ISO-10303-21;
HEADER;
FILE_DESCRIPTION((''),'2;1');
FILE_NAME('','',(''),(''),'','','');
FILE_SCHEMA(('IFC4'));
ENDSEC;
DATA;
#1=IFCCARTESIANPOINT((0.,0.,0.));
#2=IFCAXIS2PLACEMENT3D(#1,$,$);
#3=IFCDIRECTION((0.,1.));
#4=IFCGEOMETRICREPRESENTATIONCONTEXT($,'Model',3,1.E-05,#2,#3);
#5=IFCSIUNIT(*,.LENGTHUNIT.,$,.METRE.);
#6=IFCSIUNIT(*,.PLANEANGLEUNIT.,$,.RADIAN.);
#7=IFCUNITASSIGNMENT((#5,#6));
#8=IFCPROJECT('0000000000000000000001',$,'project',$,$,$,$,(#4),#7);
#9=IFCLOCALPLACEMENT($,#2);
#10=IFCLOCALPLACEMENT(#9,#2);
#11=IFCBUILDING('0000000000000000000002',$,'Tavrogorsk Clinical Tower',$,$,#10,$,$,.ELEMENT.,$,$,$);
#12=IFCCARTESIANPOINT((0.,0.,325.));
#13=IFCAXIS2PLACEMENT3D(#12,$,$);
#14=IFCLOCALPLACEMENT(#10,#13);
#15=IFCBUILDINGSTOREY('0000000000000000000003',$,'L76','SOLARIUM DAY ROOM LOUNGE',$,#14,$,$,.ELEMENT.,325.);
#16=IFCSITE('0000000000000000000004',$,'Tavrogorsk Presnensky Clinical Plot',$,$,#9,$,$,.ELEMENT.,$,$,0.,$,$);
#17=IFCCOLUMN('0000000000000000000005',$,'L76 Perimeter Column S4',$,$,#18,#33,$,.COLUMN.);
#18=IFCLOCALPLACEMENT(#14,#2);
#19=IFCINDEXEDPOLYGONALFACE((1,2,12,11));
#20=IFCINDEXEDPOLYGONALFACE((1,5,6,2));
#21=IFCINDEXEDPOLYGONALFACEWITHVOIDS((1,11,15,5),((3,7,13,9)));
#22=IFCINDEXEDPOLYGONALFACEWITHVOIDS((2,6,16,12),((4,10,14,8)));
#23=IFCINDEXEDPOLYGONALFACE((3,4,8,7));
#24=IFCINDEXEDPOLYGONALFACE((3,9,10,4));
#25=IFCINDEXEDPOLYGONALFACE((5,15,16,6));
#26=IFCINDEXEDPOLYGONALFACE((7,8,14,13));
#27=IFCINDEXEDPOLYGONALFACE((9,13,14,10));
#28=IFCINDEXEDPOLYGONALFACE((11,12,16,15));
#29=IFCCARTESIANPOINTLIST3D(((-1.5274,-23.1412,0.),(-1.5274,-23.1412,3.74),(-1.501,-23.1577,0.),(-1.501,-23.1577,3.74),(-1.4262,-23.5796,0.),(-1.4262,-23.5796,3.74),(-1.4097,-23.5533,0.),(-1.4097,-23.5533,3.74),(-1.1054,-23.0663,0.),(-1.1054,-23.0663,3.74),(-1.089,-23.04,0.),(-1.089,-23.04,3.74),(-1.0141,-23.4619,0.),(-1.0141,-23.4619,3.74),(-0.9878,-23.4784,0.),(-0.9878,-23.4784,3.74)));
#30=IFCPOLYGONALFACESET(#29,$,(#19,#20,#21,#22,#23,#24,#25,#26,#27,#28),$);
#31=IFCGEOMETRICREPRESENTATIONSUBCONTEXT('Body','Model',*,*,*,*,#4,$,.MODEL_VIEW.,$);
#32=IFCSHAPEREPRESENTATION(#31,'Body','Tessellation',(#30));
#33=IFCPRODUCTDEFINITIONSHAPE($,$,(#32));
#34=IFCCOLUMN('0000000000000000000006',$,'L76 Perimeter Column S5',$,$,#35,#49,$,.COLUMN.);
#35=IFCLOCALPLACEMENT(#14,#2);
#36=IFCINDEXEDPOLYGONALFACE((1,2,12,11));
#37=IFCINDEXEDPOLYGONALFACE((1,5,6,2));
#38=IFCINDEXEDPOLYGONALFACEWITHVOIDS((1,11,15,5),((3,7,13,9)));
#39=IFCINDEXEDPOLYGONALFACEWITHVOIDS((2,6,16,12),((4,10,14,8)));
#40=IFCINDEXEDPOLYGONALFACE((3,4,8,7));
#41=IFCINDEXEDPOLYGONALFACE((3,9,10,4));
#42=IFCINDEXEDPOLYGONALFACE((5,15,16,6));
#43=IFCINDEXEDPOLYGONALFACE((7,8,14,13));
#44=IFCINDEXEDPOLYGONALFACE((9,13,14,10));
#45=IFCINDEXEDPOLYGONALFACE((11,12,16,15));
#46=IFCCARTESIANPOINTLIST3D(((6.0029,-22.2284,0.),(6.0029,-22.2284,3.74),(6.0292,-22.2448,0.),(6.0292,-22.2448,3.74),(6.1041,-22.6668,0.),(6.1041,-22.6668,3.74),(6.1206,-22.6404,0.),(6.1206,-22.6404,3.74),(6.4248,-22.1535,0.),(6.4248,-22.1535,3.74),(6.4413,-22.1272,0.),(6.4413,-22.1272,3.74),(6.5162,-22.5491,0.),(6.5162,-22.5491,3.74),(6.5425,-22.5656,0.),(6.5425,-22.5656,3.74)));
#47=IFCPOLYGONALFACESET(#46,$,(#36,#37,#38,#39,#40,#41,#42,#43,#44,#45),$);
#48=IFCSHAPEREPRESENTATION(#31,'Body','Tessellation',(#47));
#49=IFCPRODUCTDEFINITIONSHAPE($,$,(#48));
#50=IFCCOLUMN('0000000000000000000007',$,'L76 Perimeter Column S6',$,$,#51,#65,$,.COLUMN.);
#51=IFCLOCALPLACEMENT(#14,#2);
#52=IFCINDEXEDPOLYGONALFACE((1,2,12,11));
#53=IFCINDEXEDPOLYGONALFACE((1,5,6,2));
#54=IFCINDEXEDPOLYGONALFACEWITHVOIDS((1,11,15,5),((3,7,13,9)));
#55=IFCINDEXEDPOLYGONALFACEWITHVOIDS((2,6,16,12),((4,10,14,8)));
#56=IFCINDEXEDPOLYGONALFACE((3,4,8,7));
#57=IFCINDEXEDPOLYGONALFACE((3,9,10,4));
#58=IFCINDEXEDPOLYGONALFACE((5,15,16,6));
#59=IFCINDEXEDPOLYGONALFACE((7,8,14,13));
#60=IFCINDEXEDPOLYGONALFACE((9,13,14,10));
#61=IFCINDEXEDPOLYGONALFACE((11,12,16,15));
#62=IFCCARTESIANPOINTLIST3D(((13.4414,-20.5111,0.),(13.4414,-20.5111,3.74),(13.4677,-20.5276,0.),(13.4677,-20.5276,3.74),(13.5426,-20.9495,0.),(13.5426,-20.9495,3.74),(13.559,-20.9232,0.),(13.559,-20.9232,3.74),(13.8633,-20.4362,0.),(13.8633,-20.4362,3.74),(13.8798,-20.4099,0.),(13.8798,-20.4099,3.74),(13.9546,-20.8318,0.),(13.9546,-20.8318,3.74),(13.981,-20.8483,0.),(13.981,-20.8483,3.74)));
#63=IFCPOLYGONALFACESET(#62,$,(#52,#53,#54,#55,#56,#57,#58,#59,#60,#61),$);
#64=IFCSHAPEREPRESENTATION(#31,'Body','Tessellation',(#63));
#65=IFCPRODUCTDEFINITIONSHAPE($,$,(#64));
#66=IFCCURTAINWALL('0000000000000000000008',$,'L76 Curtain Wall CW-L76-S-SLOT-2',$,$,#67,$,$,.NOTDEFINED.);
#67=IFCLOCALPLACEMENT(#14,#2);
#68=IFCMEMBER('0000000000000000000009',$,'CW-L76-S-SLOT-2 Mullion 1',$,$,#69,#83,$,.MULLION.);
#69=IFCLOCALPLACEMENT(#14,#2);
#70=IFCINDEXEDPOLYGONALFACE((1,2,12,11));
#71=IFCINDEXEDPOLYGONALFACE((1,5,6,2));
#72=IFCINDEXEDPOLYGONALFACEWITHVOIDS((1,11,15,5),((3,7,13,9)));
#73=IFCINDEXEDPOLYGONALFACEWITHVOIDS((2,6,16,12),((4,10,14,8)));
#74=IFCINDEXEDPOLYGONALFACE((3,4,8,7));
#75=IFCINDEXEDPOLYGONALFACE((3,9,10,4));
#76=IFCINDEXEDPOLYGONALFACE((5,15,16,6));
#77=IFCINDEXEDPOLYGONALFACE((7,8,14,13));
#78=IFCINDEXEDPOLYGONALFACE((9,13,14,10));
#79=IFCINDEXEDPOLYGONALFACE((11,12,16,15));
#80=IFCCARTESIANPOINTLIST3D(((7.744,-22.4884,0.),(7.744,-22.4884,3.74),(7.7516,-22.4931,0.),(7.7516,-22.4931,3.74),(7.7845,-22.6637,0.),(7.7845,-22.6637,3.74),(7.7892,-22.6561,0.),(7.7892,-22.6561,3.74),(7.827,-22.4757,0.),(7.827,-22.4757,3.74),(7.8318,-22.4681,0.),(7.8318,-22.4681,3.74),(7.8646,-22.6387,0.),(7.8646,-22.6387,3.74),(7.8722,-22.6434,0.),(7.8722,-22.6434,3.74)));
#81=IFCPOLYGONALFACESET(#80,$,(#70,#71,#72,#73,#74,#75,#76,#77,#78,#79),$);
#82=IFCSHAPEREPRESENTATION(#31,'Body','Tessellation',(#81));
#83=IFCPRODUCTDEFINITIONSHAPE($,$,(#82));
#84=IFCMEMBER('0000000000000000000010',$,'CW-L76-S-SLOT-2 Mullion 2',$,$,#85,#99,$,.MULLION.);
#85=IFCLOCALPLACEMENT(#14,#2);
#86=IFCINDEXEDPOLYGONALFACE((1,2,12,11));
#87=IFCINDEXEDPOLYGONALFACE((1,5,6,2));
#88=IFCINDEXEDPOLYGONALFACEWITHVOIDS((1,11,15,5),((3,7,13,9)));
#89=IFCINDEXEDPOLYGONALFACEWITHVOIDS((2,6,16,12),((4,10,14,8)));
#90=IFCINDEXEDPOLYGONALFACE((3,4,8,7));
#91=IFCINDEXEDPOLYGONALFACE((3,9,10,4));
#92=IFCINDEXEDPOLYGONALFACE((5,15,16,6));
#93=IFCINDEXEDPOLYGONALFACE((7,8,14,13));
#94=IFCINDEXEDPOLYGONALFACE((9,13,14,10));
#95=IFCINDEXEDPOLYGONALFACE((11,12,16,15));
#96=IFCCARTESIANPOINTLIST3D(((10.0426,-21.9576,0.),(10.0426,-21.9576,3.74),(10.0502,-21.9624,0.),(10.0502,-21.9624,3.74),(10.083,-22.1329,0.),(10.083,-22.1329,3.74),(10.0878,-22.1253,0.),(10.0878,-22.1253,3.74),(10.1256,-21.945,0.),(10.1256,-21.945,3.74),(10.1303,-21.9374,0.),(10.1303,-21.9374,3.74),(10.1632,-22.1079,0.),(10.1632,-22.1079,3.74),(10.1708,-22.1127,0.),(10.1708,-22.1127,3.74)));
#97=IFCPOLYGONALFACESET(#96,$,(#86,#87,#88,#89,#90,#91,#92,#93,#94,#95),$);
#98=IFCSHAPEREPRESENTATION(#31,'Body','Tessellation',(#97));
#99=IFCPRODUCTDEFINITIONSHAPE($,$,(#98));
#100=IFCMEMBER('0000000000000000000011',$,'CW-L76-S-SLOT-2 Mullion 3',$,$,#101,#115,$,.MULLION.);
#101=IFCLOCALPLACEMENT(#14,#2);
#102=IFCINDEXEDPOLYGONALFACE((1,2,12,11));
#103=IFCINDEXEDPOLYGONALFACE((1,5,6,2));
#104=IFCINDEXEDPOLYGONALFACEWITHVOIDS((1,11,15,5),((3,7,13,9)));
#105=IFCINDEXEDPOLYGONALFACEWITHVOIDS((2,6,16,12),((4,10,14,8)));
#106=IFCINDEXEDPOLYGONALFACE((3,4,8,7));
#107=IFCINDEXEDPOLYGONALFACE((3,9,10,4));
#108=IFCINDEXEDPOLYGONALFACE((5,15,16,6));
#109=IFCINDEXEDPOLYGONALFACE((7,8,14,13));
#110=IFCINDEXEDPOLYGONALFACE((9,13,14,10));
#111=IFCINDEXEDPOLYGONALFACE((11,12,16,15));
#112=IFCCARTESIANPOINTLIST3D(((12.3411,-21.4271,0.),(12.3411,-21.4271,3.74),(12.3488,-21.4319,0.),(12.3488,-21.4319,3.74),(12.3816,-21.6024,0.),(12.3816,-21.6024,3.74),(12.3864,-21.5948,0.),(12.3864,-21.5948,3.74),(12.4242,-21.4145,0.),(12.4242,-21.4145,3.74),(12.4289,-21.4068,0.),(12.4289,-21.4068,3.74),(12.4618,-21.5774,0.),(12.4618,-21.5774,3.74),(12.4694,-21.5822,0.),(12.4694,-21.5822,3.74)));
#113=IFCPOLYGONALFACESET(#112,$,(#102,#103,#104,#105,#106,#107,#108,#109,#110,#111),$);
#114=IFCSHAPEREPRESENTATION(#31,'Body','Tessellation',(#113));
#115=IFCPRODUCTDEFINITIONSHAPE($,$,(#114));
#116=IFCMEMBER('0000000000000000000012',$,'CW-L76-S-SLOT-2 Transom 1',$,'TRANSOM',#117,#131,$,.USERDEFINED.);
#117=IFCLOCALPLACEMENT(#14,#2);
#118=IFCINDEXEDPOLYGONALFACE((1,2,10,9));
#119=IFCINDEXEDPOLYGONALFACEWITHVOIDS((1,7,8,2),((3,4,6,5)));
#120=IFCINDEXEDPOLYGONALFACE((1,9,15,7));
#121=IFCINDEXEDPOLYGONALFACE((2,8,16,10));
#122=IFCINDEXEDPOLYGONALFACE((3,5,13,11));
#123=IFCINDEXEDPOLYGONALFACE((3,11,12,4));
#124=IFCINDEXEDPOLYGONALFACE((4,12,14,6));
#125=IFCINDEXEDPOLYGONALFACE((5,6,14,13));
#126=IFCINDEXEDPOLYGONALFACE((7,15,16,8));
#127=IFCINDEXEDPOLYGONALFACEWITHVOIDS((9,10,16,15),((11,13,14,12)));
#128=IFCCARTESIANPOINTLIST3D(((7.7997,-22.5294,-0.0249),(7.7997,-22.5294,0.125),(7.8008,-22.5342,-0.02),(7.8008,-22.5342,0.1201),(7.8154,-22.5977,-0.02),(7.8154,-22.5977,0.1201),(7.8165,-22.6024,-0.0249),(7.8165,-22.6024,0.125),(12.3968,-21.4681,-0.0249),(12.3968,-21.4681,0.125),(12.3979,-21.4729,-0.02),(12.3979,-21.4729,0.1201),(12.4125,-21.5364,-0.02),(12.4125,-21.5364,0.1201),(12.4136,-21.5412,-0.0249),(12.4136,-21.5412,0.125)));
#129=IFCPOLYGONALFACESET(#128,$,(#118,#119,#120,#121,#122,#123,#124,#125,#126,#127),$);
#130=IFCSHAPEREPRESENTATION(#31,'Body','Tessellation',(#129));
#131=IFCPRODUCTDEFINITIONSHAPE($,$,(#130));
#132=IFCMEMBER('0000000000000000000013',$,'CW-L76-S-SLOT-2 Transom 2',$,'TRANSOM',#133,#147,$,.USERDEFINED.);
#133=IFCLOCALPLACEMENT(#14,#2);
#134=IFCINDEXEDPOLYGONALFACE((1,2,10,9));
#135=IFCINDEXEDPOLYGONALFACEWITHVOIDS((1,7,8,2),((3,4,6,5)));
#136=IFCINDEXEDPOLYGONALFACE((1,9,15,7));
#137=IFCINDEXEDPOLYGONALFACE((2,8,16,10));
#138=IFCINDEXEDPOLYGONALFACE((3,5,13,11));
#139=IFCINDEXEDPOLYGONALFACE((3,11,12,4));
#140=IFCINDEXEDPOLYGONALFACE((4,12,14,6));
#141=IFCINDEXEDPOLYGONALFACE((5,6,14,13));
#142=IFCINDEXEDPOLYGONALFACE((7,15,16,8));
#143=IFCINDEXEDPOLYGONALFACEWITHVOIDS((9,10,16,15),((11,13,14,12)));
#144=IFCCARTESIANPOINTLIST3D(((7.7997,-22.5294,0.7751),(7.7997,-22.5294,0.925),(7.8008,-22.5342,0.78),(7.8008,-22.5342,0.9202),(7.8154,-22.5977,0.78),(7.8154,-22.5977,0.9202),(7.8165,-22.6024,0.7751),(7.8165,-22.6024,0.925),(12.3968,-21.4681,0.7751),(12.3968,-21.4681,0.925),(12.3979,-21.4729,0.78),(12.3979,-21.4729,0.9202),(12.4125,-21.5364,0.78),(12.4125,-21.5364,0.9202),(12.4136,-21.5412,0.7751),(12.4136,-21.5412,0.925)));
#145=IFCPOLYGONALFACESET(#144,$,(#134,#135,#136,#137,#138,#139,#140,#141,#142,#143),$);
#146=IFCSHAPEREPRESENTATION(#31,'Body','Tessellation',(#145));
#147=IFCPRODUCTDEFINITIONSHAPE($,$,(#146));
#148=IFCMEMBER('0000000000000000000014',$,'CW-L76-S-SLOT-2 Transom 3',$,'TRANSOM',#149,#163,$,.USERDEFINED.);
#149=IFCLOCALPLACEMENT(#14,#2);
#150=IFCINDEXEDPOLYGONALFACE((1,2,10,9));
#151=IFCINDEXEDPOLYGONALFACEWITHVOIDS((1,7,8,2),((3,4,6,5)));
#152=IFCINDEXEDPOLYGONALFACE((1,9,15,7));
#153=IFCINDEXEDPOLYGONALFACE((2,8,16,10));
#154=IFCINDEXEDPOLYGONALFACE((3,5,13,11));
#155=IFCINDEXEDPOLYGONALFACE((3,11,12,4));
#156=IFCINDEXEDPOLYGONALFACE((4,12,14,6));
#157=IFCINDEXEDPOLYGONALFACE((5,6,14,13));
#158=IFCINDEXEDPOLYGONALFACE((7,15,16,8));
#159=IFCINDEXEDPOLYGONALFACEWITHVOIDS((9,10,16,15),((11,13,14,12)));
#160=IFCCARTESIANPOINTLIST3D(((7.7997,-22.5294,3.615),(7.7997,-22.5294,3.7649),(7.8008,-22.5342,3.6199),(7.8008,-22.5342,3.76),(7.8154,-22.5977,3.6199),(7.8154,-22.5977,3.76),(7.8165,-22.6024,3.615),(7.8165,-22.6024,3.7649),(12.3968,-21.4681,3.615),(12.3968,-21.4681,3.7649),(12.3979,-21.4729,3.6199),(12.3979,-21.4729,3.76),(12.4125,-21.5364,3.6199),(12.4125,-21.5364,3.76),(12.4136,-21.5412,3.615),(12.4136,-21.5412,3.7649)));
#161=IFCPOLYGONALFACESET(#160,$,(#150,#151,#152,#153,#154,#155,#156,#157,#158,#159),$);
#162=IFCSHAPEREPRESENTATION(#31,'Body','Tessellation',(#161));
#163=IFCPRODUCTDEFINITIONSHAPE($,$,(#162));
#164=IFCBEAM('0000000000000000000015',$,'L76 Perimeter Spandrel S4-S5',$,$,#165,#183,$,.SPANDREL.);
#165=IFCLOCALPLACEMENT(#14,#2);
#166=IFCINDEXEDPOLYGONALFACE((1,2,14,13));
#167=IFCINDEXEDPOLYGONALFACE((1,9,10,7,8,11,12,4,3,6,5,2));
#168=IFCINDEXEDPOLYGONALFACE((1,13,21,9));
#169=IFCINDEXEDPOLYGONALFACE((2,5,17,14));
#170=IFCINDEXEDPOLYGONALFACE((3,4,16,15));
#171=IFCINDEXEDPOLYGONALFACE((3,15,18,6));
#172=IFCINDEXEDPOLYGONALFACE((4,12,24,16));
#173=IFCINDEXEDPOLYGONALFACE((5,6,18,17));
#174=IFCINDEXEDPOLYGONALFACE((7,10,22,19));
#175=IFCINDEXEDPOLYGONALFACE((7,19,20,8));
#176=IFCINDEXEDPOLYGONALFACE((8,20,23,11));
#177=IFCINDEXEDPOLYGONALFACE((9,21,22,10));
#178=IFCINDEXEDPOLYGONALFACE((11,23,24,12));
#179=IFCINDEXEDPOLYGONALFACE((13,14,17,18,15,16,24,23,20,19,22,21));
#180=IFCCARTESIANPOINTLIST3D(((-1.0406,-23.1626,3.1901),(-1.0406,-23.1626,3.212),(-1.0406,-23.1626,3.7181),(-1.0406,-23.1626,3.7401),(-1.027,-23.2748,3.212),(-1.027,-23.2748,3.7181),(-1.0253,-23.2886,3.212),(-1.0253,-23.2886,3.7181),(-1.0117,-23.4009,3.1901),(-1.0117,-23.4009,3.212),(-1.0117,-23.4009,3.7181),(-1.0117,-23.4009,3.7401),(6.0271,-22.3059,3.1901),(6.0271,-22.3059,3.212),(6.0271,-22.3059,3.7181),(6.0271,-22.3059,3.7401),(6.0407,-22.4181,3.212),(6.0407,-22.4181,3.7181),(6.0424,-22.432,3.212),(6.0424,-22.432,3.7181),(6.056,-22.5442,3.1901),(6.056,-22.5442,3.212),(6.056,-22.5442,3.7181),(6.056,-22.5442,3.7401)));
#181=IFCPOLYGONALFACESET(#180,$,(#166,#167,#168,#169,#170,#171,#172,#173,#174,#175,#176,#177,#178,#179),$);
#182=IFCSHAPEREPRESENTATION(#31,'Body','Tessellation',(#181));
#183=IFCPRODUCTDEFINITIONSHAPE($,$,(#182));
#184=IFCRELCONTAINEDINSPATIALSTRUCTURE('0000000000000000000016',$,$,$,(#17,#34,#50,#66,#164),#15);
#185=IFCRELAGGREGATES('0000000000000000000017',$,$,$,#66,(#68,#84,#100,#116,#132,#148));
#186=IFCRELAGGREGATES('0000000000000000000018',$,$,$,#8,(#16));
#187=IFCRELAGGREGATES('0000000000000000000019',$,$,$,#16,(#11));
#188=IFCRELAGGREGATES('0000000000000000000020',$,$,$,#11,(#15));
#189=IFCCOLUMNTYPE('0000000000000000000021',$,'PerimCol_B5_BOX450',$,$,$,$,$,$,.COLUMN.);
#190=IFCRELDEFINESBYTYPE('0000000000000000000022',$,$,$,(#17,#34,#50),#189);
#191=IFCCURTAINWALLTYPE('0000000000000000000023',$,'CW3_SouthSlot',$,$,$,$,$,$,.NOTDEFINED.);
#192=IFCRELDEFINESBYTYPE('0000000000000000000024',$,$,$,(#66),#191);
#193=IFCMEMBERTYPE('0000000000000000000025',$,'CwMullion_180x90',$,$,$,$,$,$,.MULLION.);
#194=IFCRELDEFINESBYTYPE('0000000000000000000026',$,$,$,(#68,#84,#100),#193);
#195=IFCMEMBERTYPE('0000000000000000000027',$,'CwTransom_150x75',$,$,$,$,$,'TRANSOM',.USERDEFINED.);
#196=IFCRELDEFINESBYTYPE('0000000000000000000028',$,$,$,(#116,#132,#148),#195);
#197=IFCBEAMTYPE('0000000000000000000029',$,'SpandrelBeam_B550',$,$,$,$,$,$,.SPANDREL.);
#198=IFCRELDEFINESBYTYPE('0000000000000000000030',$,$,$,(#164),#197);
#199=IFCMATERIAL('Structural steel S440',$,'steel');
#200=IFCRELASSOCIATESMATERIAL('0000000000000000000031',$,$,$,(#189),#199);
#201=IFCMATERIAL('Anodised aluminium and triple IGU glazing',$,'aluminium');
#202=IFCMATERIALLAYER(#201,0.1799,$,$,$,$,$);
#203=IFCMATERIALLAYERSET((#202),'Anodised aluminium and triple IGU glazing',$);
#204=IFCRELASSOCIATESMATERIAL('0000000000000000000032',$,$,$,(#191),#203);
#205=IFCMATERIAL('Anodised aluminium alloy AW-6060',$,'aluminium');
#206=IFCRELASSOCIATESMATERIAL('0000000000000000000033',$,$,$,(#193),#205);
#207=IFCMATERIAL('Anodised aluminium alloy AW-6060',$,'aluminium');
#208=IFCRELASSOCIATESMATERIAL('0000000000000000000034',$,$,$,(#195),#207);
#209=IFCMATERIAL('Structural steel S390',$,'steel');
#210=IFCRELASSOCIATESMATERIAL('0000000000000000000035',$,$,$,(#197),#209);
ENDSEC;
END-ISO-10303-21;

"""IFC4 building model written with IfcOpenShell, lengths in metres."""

from ifc_helpers import new_model, si_unit, direction, frame, origin, origin_2d, place, context, subcontext, project, spatial, hollow_rectangle, i_section, extrude, material, layer, layer_set, material_profile, profile_set, type_object, element, aggregate, save


model = new_model("IFC4")

# Units and contexts
model_context = context("Model", 3, precision=1e-05, world=origin(), true_north=direction((0.0, 1.0)))
body_context = subcontext(model_context, "Body", "Model", "MODEL_VIEW")
ifc_project = project(units=[si_unit("LENGTHUNIT", "METRE"), si_unit("PLANEANGLEUNIT", "RADIAN")], contexts=[model_context])

# Site, building, storey
site_placement = place(None, origin())
site = spatial("IfcSite", under=ifc_project, at=site_placement, Name="Tavrogorsk Presnensky Clinical Plot", CompositionType="ELEMENT", RefElevation=0.0)
building_placement = place(site_placement, origin())
building = spatial("IfcBuilding", under=site, at=building_placement, Name="Tavrogorsk Clinical Tower", CompositionType="ELEMENT")
storey_placement = place(building_placement, frame((0.0, 0.0, 325.0)))
storey = spatial("IfcBuildingStorey", under=building, at=storey_placement, Name="L76", Description="SOLARIUM DAY ROOM LOUNGE", CompositionType="ELEMENT", Elevation=325.0)

# Columns
ifc_material_1 = material(Name="Structural steel S440", Category="steel")
ifc_material_profile_1 = material_profile(ifc_material_1, hollow_rectangle(XDim=0.45, YDim=0.45, WallThickness=0.022, at=origin_2d()), Name="BOX-450x450x22")
ifc_profile_set_1 = profile_set([ifc_material_profile_1], Name="Structural steel S440")
column_type = type_object("IfcColumnType", Name="PerimCol_B5_BOX450", PredefinedType="COLUMN", material=ifc_profile_set_1)
for number, where, z_axis, x_axis, name in (
    (1, (-1.2576, -23.3098, 0.0), (0.0, 0.0, 1.0), (0.97437, 0.224951, 0.0), "L76 Perimeter Column S4"),
    (2, (6.2727, -22.397, 0.0), (0.0, 0.0, 1.0), (0.97437, 0.224951, 0.0), "L76 Perimeter Column S5"),
    (3, (13.7112, -20.6797, 0.0), (0.0, 0.0, 1.0), (0.97437, 0.224951, 0.0), "L76 Perimeter Column S6"),
):
    element("IfcColumn", number, at=place(storey_placement, frame(where, z_axis=z_axis, x_axis=x_axis)), inside=storey, type_object=column_type, Name=name, PredefinedType="COLUMN", context=body_context, shape_type="SweptSolid", body=[
        extrude(hollow_rectangle(XDim=0.45, YDim=0.45, WallThickness=0.022, at=origin_2d()), origin(), (0.0, 0.0, 1.0), 3.74),
    ])

# Curtain wall, members
ifc_material_2 = material(Name="Anodised aluminium and triple IGU glazing", Category="aluminium")
ifc_layer_1 = layer(ifc_material_2, 0.1799)
ifc_layer_set_1 = layer_set([ifc_layer_1], Name="Anodised aluminium and triple IGU glazing")
curtain_wall_type = type_object("IfcCurtainWallType", Name="CW3_SouthSlot", PredefinedType="NOTDEFINED", material=ifc_layer_set_1)
curtain_wall_placement = place(storey_placement, origin())
curtain_wall = element("IfcCurtainWall", 4, at=curtain_wall_placement, inside=storey, type_object=curtain_wall_type, Name="L76 Curtain Wall CW-L76-S-SLOT-2", PredefinedType="NOTDEFINED")
ifc_material_3 = material(Name="Anodised aluminium alloy AW-6060", Category="aluminium")
ifc_material_profile_2 = material_profile(ifc_material_3, hollow_rectangle(XDim=0.0901, YDim=0.1799, WallThickness=0.0063, at=origin_2d()), Name="RHS-180x90x6.3")
ifc_profile_set_2 = profile_set([ifc_material_profile_2], Name="Anodised aluminium alloy AW-6060")
member_type_1 = type_object("IfcMemberType", Name="CwMullion_180x90", PredefinedType="MULLION", material=ifc_profile_set_2)
member_1_placement = place(storey_placement, frame((7.8081, -22.5659, 0.0), z_axis=(0.0, 0.0, 1.0), x_axis=(0.97437, 0.224951, 0.0)))
member_1 = element("IfcMember", 5, at=member_1_placement, type_object=member_type_1, Name="CW-L76-S-SLOT-2 Mullion 1", PredefinedType="MULLION", context=body_context, shape_type="SweptSolid", body=[
    extrude(hollow_rectangle(XDim=0.0901, YDim=0.1799, WallThickness=0.0063, at=origin_2d()), origin(), (0.0, 0.0, 1.0), 3.74),
])
member_2_placement = place(storey_placement, frame((10.1067, -22.0352, 0.0), z_axis=(0.0, 0.0, 1.0), x_axis=(0.97437, 0.224951, 0.0)))
member_2 = element("IfcMember", 6, at=member_2_placement, type_object=member_type_1, Name="CW-L76-S-SLOT-2 Mullion 2", PredefinedType="MULLION", context=body_context, shape_type="SweptSolid", body=[
    extrude(hollow_rectangle(XDim=0.0901, YDim=0.1799, WallThickness=0.0063, at=origin_2d()), origin(), (0.0, 0.0, 1.0), 3.74),
])
member_3_placement = place(storey_placement, frame((12.4053, -21.5046, 0.0), z_axis=(0.0, 0.0, 1.0), x_axis=(0.97437, 0.224951, 0.0)))
member_3 = element("IfcMember", 7, at=member_3_placement, type_object=member_type_1, Name="CW-L76-S-SLOT-2 Mullion 3", PredefinedType="MULLION", context=body_context, shape_type="SweptSolid", body=[
    extrude(hollow_rectangle(XDim=0.0901, YDim=0.1799, WallThickness=0.0063, at=origin_2d()), origin(), (0.0, 0.0, 1.0), 3.74),
])
ifc_material_4 = material(Name="Anodised aluminium alloy AW-6060", Category="aluminium")
ifc_material_profile_3 = material_profile(ifc_material_4, hollow_rectangle(XDim=0.075, YDim=0.1499, WallThickness=0.0049, at=origin_2d()), Name="RHS-150x75x5")
ifc_profile_set_3 = profile_set([ifc_material_profile_3], Name="Anodised aluminium alloy AW-6060")
member_type_2 = type_object("IfcMemberType", Name="CwTransom_150x75", ElementType="TRANSOM", PredefinedType="USERDEFINED", material=ifc_profile_set_3)
member_4_placement = place(storey_placement, frame((7.8081, -22.5659, 0.05), z_axis=(0.974373, 0.224939, 0.0), x_axis=(-0.224939, 0.974373, 0.0)))
member_4 = element("IfcMember", 8, at=member_4_placement, type_object=member_type_2, Name="CW-L76-S-SLOT-2 Transom 1", ObjectType="TRANSOM", PredefinedType="USERDEFINED", context=body_context, shape_type="SweptSolid", body=[
    extrude(hollow_rectangle(XDim=0.075, YDim=0.1499, WallThickness=0.0049, at=origin_2d()), origin(), (0.0, 0.0, 1.0), 4.718),
])
member_5_placement = place(storey_placement, frame((7.8081, -22.5659, 0.8501), z_axis=(0.974373, 0.224939, 0.0), x_axis=(-0.224939, 0.974373, 0.0)))
member_5 = element("IfcMember", 9, at=member_5_placement, type_object=member_type_2, Name="CW-L76-S-SLOT-2 Transom 2", ObjectType="TRANSOM", PredefinedType="USERDEFINED", context=body_context, shape_type="SweptSolid", body=[
    extrude(hollow_rectangle(XDim=0.075, YDim=0.1499, WallThickness=0.0049, at=origin_2d()), origin(), (0.0, 0.0, 1.0), 4.718),
])
member_6_placement = place(storey_placement, frame((7.8081, -22.5659, 3.6899), z_axis=(0.974373, 0.224939, 0.0), x_axis=(-0.224939, 0.974373, 0.0)))
member_6 = element("IfcMember", 10, at=member_6_placement, type_object=member_type_2, Name="CW-L76-S-SLOT-2 Transom 3", ObjectType="TRANSOM", PredefinedType="USERDEFINED", context=body_context, shape_type="SweptSolid", body=[
    extrude(hollow_rectangle(XDim=0.075, YDim=0.1499, WallThickness=0.0049, at=origin_2d()), origin(), (0.0, 0.0, 1.0), 4.718),
])

# Beam
ifc_material_5 = material(Name="Structural steel S390", Category="steel")
ifc_material_profile_4 = material_profile(ifc_material_5, i_section(OverallWidth=0.24, OverallDepth=0.55, WebThickness=0.0139, FlangeThickness=0.022, at=origin_2d()), Name="B-550x240x14x22")
ifc_profile_set_4 = profile_set([ifc_material_profile_4], Name="Structural steel S390")
beam_type = type_object("IfcBeamType", Name="SpandrelBeam_B550", PredefinedType="SPANDREL", material=ifc_profile_set_4)
beam_placement = place(storey_placement, frame((-1.0261, -23.2817, 3.4651), z_axis=(0.992734, 0.120332, 0.0), x_axis=(-0.120332, 0.992734, 0.0)))
element("IfcBeam", 11, at=beam_placement, inside=storey, type_object=beam_type, Name="L76 Perimeter Spandrel S4-S5", PredefinedType="SPANDREL", context=body_context, shape_type="SweptSolid", body=[
    extrude(i_section(OverallWidth=0.24, OverallDepth=0.55, WebThickness=0.0139, FlangeThickness=0.022, at=origin_2d()), origin(), (0.0, 0.0, 1.0), 7.1194),
])

aggregate(curtain_wall, [member_1, member_2, member_3, member_4, member_5, member_6])

save(model, "model.ifc")
